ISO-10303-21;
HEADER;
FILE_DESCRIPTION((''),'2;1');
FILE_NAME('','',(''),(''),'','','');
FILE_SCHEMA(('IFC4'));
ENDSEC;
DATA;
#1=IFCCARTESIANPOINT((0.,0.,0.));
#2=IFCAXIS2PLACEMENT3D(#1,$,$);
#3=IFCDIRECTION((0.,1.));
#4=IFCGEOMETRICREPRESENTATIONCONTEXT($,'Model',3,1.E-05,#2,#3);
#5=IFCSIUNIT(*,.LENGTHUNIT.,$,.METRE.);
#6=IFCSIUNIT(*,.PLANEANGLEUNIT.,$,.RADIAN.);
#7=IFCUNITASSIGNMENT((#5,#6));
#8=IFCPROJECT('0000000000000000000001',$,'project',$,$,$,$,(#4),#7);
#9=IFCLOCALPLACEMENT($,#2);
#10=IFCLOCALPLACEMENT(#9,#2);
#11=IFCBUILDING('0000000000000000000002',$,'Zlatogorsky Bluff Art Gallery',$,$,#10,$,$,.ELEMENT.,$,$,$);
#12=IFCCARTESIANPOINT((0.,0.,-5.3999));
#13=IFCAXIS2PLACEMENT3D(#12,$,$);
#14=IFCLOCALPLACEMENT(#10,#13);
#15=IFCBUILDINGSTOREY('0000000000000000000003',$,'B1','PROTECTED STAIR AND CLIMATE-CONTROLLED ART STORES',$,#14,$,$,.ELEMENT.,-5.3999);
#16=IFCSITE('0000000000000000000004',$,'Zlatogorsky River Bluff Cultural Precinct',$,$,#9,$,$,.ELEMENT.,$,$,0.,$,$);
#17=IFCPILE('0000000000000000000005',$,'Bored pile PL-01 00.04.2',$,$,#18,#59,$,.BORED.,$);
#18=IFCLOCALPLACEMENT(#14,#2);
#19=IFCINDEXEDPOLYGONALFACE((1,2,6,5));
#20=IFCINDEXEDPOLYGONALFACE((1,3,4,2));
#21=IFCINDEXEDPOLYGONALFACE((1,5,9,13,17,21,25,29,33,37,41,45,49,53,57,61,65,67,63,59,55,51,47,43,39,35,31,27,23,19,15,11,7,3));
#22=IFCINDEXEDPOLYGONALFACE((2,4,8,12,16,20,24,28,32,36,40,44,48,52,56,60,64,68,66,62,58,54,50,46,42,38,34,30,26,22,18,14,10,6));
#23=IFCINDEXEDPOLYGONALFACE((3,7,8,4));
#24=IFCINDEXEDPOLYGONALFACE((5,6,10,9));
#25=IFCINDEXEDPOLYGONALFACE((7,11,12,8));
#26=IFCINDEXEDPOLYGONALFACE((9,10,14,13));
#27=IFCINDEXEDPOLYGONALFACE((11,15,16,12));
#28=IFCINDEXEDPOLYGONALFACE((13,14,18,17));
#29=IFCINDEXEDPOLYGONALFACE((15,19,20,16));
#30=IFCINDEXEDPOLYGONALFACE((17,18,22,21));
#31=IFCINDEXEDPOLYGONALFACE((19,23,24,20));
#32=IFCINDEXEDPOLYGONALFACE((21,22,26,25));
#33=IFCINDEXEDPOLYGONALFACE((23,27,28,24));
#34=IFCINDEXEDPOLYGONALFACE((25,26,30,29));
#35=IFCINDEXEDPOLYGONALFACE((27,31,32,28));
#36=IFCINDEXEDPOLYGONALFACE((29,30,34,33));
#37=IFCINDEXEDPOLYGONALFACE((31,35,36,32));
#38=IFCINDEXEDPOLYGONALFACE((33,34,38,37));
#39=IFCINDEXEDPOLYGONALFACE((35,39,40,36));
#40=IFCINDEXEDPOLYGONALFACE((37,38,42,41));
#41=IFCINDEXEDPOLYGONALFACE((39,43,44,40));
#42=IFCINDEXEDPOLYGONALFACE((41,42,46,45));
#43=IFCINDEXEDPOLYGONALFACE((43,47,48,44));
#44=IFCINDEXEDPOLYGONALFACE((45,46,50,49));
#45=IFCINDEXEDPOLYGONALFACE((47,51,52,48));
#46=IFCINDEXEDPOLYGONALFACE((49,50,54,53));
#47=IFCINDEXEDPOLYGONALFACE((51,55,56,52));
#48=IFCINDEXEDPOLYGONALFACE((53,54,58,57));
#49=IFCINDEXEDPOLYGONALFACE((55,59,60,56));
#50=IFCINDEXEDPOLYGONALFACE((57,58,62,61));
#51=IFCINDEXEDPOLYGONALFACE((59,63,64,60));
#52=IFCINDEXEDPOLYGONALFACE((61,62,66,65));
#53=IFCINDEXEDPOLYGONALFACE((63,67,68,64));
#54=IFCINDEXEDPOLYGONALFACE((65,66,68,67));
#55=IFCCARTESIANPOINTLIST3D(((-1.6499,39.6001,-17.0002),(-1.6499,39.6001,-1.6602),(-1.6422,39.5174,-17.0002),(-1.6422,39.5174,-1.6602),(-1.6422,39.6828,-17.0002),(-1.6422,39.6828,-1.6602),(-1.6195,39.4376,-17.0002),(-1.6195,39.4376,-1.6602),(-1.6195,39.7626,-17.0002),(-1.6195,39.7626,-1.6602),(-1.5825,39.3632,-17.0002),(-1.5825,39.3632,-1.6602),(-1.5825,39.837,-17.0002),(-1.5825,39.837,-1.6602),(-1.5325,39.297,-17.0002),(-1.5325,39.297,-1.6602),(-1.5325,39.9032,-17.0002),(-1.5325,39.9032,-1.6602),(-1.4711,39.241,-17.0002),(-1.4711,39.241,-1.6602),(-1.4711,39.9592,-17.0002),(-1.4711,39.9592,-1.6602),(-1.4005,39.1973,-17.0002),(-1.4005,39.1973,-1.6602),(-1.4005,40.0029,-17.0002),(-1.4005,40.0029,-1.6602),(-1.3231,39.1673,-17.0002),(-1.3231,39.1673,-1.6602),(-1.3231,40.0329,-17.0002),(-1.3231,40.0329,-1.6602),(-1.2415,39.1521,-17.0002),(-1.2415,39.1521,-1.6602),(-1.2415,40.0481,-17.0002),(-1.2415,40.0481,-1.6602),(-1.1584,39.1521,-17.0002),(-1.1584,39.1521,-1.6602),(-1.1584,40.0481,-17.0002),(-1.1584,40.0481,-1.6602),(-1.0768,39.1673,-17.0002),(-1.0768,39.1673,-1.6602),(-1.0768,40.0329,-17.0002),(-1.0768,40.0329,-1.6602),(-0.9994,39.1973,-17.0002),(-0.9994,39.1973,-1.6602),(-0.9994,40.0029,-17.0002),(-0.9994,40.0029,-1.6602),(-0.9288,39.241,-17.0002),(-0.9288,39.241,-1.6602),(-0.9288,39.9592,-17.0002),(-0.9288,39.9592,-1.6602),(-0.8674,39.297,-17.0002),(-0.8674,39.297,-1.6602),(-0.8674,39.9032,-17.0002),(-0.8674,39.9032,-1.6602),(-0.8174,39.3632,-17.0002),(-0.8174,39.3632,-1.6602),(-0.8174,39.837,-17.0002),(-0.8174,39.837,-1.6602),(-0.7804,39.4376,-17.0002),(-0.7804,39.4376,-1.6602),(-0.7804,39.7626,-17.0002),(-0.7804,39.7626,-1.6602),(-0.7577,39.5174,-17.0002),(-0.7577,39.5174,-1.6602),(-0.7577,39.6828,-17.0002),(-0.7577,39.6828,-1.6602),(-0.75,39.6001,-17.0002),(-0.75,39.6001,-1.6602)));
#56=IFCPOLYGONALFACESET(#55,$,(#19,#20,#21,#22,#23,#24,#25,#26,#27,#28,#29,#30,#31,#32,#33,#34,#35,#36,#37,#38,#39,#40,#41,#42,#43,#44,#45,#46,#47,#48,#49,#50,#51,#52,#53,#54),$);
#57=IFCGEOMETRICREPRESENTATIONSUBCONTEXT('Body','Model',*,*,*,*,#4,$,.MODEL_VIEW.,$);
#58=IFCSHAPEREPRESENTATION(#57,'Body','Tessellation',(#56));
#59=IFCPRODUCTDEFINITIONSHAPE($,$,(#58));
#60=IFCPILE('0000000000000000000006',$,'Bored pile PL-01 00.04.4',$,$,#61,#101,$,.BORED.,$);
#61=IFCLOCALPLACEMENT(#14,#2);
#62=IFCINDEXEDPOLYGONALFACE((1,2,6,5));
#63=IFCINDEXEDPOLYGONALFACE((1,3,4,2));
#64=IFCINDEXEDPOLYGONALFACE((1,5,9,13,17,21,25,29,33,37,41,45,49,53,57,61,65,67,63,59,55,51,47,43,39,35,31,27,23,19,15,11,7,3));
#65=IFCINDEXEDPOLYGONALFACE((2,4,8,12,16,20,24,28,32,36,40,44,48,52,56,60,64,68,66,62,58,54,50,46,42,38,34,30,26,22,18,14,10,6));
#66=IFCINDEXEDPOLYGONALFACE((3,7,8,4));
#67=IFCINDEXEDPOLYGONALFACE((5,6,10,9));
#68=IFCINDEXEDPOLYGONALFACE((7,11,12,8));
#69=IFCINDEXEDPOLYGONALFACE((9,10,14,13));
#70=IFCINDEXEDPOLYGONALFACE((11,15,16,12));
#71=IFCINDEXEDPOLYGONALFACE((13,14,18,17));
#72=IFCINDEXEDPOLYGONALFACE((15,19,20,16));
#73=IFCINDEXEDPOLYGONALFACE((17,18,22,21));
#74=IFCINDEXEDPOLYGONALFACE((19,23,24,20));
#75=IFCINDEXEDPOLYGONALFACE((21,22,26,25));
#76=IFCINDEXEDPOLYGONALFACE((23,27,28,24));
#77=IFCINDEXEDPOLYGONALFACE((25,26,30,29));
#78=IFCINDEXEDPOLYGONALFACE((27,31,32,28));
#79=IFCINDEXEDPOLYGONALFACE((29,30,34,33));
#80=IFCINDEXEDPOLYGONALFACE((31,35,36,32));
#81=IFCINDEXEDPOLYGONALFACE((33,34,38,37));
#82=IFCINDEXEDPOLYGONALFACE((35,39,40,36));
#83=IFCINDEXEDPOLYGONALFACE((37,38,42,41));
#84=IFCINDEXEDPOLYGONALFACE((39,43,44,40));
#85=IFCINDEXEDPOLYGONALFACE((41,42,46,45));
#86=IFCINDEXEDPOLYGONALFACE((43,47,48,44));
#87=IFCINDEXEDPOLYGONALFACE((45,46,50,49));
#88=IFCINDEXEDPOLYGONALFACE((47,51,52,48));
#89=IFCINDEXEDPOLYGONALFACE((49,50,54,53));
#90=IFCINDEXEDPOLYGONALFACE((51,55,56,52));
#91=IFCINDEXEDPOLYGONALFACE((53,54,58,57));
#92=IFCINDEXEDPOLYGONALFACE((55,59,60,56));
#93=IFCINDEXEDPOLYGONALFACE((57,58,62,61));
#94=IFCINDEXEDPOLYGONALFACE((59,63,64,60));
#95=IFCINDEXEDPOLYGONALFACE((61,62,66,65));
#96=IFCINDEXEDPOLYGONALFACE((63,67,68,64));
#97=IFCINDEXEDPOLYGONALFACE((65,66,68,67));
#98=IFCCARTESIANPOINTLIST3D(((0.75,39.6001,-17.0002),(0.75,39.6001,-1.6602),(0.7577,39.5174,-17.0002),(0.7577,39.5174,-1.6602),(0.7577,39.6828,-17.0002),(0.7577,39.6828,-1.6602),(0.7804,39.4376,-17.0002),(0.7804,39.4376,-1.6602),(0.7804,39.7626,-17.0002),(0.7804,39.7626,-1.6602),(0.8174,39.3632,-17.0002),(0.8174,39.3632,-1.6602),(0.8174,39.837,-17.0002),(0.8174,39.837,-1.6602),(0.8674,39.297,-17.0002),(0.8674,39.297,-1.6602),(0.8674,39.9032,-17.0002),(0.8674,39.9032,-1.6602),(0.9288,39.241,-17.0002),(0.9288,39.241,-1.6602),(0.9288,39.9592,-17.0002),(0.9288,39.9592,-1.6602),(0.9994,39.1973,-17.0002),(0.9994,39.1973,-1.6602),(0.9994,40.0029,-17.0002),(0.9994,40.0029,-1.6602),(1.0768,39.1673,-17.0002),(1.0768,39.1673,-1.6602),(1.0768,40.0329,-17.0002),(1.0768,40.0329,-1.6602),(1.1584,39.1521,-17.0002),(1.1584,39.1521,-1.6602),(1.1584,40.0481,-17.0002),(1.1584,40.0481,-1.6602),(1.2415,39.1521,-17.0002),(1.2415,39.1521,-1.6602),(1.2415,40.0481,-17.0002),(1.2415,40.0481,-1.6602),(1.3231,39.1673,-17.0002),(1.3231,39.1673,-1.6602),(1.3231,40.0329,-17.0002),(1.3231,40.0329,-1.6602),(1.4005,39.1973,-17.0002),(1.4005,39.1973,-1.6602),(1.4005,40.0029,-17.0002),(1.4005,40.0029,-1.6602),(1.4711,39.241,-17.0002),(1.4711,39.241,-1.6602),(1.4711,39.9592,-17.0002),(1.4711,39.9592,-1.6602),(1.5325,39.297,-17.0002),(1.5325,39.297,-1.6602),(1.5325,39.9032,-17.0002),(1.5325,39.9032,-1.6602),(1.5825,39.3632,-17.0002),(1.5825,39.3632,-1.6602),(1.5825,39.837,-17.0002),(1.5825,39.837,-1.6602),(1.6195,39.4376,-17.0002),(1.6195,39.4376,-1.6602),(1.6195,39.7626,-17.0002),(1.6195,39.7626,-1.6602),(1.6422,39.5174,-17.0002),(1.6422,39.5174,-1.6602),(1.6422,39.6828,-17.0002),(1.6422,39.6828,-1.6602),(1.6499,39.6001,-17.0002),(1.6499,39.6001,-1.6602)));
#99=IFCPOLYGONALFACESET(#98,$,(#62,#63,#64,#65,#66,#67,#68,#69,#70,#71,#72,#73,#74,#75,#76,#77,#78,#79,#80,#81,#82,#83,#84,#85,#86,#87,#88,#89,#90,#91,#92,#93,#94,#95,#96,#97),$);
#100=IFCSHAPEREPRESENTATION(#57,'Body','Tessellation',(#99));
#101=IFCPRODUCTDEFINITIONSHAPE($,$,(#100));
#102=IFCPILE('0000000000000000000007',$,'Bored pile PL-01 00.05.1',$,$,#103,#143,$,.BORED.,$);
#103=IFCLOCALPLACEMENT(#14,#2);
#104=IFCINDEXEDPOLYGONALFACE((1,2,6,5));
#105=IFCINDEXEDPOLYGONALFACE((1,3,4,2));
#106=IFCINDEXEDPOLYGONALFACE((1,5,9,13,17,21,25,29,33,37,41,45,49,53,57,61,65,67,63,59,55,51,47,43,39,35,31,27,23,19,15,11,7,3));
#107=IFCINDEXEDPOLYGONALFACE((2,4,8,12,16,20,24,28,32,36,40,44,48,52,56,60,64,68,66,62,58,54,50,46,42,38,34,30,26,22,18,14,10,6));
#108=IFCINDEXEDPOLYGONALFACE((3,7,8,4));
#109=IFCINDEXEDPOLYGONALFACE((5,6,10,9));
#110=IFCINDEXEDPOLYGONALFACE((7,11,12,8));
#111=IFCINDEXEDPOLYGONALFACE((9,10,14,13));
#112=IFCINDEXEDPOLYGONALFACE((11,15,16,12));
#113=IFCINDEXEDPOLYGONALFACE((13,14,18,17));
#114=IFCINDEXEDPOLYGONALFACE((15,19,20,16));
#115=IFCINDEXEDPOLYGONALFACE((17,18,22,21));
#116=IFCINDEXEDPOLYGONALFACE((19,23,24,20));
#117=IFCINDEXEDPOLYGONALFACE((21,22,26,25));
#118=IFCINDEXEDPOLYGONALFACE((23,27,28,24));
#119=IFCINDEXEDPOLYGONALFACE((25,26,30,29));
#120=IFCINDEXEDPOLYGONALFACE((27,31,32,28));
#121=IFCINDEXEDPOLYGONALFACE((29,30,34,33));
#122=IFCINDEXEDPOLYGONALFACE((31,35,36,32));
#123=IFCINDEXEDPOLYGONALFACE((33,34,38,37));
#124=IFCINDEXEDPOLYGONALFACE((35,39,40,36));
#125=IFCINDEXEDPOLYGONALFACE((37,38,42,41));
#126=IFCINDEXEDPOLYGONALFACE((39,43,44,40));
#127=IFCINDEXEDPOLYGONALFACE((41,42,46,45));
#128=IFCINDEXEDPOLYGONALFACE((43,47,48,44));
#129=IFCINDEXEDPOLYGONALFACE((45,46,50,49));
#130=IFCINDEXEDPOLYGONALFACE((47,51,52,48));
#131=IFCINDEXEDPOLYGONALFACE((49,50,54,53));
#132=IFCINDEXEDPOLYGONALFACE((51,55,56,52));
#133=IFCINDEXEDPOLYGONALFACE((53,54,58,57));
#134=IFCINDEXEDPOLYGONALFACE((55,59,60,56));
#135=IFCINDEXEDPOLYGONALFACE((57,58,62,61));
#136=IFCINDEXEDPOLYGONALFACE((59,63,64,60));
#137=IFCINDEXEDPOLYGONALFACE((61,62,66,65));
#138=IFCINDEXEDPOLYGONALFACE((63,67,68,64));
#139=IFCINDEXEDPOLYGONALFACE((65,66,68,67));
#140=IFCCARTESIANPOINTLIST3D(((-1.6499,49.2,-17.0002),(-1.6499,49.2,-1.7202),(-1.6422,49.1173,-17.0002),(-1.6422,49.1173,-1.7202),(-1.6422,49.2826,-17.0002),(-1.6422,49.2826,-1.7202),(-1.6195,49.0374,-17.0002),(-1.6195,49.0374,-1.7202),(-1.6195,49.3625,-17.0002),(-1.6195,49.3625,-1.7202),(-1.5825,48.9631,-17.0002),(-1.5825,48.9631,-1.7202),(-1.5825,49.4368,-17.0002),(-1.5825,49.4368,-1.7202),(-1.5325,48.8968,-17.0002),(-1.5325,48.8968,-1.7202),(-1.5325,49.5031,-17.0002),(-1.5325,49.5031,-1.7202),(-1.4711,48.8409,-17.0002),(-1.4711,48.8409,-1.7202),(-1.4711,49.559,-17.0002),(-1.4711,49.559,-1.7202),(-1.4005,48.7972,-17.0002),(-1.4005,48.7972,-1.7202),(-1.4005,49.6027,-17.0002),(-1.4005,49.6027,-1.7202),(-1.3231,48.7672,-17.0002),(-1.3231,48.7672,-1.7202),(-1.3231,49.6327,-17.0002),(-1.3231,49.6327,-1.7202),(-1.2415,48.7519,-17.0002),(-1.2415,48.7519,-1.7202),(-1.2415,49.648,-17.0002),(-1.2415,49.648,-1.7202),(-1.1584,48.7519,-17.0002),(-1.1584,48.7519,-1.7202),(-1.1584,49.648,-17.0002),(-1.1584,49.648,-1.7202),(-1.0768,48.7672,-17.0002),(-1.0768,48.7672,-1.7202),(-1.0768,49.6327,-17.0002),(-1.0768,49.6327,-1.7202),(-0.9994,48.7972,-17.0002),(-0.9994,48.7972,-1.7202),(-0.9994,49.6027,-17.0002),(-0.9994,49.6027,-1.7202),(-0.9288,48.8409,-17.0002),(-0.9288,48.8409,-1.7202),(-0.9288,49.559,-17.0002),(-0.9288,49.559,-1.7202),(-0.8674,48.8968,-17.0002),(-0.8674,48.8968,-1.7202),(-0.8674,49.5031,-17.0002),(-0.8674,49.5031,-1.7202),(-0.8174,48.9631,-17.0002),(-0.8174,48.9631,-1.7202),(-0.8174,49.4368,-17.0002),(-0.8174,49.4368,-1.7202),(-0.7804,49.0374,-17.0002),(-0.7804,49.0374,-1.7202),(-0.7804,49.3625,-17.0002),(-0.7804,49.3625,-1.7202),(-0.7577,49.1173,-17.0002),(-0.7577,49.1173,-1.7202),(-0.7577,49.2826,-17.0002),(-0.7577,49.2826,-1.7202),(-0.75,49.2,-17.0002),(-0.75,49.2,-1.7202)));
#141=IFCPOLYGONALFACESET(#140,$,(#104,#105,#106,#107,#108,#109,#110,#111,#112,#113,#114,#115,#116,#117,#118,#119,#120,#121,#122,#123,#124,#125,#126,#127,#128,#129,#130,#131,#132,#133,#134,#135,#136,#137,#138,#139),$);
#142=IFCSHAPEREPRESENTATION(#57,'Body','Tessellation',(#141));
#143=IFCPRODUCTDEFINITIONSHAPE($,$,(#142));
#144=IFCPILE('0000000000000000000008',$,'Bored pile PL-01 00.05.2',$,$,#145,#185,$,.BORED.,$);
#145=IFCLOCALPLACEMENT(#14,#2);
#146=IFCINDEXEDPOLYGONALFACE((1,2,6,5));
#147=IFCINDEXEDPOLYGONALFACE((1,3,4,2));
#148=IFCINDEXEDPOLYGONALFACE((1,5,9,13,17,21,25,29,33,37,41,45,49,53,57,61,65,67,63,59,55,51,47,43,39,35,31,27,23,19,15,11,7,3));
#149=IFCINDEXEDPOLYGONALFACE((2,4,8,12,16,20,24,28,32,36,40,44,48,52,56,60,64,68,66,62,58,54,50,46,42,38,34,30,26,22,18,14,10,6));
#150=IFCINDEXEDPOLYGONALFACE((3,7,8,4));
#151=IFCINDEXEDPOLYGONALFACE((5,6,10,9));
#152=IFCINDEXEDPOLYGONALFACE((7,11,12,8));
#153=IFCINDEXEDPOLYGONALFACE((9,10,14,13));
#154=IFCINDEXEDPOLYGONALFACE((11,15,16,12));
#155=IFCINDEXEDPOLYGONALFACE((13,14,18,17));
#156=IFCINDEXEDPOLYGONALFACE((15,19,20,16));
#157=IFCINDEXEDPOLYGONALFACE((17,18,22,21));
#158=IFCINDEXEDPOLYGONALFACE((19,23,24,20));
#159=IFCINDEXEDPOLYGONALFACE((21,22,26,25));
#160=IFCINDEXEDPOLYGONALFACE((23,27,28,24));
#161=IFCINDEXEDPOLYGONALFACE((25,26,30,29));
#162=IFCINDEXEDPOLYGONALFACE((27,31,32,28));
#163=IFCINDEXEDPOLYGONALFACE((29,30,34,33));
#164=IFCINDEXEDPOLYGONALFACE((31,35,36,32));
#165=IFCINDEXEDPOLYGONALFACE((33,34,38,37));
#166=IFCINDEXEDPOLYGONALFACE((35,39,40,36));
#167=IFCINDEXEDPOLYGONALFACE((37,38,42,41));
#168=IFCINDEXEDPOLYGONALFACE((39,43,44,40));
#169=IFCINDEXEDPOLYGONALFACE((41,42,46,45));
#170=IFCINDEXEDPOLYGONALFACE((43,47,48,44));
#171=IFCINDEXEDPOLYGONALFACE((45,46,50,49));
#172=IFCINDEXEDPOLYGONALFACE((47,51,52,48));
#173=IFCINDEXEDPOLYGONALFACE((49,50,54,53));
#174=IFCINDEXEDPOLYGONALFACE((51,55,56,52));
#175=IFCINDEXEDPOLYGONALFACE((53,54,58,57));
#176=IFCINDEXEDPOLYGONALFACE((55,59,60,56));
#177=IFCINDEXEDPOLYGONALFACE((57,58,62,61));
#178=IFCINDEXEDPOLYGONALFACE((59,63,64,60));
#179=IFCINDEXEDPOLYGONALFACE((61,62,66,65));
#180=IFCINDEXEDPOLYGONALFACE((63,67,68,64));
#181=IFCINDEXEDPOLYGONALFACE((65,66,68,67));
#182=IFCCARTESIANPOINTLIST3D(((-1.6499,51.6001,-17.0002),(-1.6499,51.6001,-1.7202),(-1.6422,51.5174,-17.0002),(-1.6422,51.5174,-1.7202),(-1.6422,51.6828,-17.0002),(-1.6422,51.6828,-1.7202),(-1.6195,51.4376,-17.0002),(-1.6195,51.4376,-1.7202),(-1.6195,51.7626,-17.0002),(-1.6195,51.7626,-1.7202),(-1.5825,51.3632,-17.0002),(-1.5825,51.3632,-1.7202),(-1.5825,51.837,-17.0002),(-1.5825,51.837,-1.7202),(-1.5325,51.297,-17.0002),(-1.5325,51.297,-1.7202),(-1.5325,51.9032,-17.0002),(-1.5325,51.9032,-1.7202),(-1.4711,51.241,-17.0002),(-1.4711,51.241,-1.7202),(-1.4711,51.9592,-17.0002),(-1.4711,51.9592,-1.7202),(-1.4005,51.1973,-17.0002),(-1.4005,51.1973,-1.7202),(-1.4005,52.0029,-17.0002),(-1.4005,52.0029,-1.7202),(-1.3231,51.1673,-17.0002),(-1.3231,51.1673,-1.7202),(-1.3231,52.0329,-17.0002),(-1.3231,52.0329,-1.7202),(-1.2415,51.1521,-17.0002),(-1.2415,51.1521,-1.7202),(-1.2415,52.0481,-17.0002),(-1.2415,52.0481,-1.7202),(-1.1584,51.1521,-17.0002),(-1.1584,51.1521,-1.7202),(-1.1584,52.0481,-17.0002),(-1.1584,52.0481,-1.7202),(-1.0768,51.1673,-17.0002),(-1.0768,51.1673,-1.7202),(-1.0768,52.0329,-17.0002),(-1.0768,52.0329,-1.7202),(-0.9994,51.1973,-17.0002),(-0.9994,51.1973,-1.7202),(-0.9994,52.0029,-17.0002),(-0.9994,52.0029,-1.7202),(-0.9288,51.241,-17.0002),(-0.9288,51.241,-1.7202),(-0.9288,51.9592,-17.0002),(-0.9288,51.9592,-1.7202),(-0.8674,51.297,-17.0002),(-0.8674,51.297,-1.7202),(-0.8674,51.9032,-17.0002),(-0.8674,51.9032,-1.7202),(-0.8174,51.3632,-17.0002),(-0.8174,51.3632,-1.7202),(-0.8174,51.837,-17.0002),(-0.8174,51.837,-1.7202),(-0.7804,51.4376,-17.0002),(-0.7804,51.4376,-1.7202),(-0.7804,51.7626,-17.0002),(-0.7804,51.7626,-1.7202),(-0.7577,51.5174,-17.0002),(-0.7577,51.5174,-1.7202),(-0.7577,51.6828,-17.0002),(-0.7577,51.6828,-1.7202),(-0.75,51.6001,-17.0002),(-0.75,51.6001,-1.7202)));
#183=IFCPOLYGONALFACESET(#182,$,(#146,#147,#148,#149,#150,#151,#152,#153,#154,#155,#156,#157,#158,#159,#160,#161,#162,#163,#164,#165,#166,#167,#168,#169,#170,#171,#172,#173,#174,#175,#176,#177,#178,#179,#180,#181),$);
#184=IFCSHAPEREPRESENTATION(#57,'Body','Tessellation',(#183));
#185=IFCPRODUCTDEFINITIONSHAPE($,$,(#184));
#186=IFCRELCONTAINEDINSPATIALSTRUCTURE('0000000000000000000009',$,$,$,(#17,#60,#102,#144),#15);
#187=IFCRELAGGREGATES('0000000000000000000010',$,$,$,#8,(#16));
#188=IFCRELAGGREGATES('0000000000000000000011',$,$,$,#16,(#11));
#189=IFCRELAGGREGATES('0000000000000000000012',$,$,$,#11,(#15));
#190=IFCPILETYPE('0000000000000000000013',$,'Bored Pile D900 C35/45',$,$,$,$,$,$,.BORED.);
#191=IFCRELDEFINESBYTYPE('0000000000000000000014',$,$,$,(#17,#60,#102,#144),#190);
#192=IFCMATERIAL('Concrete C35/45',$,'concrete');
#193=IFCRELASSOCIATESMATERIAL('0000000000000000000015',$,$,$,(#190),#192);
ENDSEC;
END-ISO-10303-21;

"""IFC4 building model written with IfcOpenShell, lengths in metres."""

from ifc_helpers import new_model, si_unit, direction, frame, origin, origin_2d, place, context, subcontext, project, spatial, circle, extrude, material, material_profile, profile_set, type_object, element, save


model = new_model("IFC4")

# Units and contexts
model_context = context("Model", 3, precision=1e-05, world=origin(), true_north=direction((0.0, 1.0)))
body_context = subcontext(model_context, "Body", "Model", "MODEL_VIEW")
ifc_project = project(units=[si_unit("LENGTHUNIT", "METRE"), si_unit("PLANEANGLEUNIT", "RADIAN")], contexts=[model_context])

# Site, building, storey
site_placement = place(None, origin())
site = spatial("IfcSite", under=ifc_project, at=site_placement, Name="Zlatogorsky River Bluff Cultural Precinct", CompositionType="ELEMENT", RefElevation=0.0)
building_placement = place(site_placement, origin())
building = spatial("IfcBuilding", under=site, at=building_placement, Name="Zlatogorsky Bluff Art Gallery", CompositionType="ELEMENT")
storey_placement = place(building_placement, frame((0.0, 0.0, -5.3999)))
storey = spatial("IfcBuildingStorey", under=building, at=storey_placement, Name="B1", Description="PROTECTED STAIR AND CLIMATE-CONTROLLED ART STORES", CompositionType="ELEMENT", Elevation=-5.3999)

# Piles
ifc_material_1 = material(Name="Concrete C35/45", Category="concrete")
ifc_material_profile_1 = material_profile(ifc_material_1, circle(Radius=0.45, at=origin_2d()), Name="BORED PILE D900")
ifc_profile_set_1 = profile_set([ifc_material_profile_1], Name="Concrete C35/45")
pile_type = type_object("IfcPileType", Name="Bored Pile D900 C35/45", PredefinedType="BORED", material=ifc_profile_set_1)
for number, where, z_axis, x_axis, name in (
    (1, (-1.2, 39.6001, -1.6602), (0.0, 0.0, -1.0), (1.0, 0.0, 0.0), "Bored pile PL-01 00.04.2"),
    (2, (1.2, 39.6001, -1.6602), (0.0, 0.0, -1.0), (1.0, 0.0, 0.0), "Bored pile PL-01 00.04.4"),
):
    element("IfcPile", number, at=place(storey_placement, frame(where, z_axis=z_axis, x_axis=x_axis)), inside=storey, type_object=pile_type, Name=name, PredefinedType="BORED", context=body_context, shape_type="SweptSolid", body=[
        extrude(circle(Radius=0.45, at=origin_2d()), origin(), (0.0, 0.0, 1.0), 15.3401),
    ])
for number, where, z_axis, x_axis, name in (
    (3, (-1.2, 49.2, -1.7202), (0.0, 0.0, -1.0), (1.0, 0.0, 0.0), "Bored pile PL-01 00.05.1"),
    (4, (-1.2, 51.6001, -1.7202), (0.0, 0.0, -1.0), (1.0, 0.0, 0.0), "Bored pile PL-01 00.05.2"),
):
    element("IfcPile", number, at=place(storey_placement, frame(where, z_axis=z_axis, x_axis=x_axis)), inside=storey, type_object=pile_type, Name=name, PredefinedType="BORED", context=body_context, shape_type="SweptSolid", body=[
        extrude(circle(Radius=0.45, at=origin_2d()), origin(), (0.0, 0.0, 1.0), 15.28),
    ])

save(model, "model.ifc")
